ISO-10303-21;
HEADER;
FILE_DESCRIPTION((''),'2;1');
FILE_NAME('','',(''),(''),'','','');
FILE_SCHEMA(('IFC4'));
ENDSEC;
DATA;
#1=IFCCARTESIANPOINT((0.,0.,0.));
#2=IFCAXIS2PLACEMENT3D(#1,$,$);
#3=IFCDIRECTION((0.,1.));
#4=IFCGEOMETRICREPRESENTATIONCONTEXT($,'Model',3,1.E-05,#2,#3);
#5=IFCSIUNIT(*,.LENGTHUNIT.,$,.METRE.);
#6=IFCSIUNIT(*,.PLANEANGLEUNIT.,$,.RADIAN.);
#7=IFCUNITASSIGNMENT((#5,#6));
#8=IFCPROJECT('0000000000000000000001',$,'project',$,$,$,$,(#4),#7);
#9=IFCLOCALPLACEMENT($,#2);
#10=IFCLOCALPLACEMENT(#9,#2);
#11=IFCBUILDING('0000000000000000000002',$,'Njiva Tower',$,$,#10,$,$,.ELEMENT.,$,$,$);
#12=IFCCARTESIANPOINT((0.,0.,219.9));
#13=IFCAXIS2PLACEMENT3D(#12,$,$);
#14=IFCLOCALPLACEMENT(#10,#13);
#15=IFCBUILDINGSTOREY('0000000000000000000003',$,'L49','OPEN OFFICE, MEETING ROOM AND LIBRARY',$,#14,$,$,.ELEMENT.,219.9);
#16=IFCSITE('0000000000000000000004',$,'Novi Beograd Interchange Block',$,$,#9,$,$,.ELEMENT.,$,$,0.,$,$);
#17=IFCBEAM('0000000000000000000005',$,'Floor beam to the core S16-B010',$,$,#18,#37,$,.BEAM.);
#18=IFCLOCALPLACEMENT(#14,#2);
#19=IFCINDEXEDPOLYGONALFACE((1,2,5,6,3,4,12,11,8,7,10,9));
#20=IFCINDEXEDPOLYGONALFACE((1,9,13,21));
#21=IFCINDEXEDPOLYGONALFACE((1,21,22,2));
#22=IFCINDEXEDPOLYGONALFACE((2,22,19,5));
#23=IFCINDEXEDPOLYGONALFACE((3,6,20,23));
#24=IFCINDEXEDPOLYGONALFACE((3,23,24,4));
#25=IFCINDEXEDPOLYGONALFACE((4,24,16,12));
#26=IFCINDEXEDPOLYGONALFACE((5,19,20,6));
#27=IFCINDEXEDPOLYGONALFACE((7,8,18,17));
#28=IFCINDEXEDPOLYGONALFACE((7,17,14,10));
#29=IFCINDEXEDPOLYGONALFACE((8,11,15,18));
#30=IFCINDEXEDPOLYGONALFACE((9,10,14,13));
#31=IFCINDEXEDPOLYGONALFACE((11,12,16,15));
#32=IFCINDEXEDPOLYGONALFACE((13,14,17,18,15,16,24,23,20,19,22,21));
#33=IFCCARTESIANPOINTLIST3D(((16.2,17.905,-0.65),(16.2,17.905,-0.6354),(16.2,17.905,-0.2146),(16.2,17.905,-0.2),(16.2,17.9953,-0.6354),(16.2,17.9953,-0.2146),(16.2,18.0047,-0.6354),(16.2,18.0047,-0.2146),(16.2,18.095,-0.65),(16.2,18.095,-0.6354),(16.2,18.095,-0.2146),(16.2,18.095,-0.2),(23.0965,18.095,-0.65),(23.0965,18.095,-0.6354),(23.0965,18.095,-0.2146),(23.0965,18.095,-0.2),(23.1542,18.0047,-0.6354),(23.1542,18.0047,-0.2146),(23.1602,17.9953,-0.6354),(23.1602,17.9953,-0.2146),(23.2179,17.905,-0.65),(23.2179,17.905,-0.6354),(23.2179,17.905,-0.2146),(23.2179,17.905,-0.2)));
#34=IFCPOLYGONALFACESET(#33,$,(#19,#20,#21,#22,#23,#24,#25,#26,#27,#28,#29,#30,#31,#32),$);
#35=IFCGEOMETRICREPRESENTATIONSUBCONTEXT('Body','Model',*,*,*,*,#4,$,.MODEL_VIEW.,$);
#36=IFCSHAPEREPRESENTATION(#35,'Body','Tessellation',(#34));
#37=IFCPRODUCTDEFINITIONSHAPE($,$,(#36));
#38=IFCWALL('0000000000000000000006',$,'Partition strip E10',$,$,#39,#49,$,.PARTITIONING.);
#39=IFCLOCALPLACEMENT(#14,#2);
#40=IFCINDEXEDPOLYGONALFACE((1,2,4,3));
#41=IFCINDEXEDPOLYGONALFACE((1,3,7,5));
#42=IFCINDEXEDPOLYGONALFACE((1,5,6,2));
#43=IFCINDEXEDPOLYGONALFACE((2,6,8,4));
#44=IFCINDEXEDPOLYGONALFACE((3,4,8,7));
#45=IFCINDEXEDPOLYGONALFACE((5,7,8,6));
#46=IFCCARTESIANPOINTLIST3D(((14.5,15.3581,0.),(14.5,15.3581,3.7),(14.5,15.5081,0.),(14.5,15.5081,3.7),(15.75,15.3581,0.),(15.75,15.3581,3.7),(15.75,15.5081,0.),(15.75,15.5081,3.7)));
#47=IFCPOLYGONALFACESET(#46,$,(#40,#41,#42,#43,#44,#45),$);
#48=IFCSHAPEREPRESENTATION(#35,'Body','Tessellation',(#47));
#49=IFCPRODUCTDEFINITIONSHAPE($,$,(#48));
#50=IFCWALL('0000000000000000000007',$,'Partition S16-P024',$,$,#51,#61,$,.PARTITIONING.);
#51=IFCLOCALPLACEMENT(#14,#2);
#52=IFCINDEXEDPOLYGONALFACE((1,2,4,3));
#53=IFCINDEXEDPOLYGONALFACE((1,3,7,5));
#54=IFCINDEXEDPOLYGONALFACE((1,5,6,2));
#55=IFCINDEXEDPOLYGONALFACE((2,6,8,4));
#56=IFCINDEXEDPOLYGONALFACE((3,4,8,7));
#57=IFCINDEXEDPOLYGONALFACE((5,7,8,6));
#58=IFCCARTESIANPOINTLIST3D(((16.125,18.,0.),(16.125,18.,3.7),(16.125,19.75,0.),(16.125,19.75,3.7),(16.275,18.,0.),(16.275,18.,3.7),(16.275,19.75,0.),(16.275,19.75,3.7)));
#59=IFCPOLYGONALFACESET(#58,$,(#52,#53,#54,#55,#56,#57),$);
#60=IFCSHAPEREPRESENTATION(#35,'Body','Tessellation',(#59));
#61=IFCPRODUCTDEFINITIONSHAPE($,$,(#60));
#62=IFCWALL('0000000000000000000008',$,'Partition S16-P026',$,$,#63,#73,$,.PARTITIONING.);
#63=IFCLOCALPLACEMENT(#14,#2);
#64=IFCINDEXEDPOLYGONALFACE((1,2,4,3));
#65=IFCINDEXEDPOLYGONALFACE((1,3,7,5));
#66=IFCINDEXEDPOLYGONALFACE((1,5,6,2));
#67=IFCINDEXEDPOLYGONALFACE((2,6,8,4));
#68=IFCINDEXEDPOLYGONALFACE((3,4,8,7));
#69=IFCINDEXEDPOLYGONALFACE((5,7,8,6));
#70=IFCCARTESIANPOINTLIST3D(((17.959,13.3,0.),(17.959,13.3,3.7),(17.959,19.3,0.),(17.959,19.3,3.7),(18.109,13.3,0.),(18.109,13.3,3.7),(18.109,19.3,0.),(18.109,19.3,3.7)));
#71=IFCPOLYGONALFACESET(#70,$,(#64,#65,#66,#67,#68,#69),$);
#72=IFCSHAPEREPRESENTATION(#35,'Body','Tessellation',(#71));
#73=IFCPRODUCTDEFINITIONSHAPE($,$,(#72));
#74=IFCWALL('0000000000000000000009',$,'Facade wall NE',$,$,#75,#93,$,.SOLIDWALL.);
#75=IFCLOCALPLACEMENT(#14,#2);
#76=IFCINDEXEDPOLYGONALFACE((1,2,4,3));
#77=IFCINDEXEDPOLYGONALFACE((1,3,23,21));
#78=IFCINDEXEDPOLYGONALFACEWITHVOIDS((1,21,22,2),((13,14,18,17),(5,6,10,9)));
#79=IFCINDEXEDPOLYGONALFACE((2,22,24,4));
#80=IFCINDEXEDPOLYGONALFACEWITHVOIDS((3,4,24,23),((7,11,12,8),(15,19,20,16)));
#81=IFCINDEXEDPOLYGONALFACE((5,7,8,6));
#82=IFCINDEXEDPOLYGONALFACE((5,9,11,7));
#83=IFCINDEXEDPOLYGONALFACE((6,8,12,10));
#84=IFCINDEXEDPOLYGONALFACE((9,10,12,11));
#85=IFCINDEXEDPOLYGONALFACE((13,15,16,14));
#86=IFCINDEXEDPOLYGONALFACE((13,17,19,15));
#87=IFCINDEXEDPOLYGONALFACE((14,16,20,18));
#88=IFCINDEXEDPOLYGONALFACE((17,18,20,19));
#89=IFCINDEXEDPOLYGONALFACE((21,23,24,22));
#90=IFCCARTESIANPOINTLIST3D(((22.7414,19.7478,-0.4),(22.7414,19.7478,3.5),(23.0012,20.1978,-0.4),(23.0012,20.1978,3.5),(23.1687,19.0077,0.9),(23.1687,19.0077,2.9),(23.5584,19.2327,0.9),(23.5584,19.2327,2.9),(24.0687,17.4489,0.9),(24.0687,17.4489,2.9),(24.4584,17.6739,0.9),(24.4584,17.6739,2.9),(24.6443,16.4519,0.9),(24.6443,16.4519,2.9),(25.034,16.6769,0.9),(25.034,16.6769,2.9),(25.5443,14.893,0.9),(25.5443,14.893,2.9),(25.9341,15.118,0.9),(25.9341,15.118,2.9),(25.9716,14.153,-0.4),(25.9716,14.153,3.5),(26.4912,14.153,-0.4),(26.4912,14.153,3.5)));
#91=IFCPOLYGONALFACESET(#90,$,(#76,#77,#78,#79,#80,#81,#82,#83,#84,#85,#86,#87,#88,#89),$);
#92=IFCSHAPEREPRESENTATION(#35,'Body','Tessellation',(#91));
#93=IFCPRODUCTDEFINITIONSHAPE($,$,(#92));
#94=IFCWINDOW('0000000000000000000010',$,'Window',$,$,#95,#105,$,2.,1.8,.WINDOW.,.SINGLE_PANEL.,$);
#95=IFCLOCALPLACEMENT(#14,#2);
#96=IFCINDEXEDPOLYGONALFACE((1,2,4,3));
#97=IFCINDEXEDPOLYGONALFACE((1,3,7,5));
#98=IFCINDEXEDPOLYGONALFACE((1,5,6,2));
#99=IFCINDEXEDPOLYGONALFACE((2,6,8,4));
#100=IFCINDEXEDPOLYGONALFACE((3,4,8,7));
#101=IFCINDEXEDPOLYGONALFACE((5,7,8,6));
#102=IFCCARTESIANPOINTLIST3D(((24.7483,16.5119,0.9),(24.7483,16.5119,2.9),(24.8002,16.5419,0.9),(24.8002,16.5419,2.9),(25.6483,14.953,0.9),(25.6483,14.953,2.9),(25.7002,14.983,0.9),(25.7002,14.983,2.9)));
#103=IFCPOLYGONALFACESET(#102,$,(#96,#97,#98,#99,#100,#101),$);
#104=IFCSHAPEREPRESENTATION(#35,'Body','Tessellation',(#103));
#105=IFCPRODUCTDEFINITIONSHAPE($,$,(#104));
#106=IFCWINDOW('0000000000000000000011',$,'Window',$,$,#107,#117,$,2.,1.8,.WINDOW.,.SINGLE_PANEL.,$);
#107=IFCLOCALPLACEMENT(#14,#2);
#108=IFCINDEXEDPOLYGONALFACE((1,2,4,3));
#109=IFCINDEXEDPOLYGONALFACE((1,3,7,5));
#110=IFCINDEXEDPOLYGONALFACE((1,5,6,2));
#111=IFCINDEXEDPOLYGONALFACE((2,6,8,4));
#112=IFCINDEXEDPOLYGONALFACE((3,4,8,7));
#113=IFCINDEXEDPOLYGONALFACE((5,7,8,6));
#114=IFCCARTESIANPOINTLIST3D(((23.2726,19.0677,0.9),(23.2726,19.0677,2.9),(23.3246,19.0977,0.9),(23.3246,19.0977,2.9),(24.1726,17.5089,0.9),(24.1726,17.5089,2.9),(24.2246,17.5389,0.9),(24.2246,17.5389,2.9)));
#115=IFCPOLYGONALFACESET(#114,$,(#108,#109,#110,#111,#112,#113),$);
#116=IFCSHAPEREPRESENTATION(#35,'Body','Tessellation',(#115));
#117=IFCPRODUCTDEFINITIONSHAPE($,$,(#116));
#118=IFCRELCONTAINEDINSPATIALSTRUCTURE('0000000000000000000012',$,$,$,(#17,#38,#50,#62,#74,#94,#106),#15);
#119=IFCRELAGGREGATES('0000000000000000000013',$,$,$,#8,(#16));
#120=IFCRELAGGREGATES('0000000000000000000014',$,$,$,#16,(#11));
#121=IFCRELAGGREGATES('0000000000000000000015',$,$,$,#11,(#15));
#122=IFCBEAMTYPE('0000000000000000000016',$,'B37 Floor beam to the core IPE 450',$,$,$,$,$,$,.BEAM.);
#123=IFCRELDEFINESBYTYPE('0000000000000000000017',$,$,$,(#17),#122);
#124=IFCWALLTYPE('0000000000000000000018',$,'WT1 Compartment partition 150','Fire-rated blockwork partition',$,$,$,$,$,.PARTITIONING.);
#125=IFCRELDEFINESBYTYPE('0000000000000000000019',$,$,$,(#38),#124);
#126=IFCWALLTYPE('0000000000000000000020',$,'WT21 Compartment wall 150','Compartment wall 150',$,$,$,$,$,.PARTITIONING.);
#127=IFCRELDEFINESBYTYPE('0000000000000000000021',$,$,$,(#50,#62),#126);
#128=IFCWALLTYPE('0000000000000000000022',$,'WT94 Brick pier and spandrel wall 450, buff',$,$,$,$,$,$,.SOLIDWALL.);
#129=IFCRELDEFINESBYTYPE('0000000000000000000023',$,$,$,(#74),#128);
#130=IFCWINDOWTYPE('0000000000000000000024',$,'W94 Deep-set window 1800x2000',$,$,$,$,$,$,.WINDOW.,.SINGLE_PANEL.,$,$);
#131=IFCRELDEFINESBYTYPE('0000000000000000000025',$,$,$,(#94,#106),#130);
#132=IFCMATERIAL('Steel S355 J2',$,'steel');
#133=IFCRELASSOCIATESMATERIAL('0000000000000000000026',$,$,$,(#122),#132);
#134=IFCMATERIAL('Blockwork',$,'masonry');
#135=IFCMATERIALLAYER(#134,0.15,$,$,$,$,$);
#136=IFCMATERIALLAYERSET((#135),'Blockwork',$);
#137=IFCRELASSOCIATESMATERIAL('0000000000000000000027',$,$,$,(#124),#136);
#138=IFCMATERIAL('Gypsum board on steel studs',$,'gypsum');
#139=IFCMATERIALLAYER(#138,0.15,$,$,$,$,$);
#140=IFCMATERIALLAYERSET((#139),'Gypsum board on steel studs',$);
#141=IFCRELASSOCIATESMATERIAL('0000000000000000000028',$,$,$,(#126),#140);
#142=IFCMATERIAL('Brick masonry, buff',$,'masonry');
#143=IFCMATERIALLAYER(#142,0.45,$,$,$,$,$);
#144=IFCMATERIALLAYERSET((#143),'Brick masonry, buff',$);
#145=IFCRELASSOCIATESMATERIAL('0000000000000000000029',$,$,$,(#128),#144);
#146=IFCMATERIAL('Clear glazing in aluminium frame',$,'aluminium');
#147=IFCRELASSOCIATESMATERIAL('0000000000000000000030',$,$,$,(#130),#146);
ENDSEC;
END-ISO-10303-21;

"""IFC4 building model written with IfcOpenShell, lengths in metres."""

from ifc_helpers import new_model, si_unit, direction, frame, frame_2d, origin, origin_2d, place, context, subcontext, project, spatial, polyline, rectangle, i_section, outline, extrude, clip, halfspace, material, layer, layer_set, material_profile, profile_set, type_object, element, fill, save


model = new_model("IFC4")

# Units and contexts
model_context = context("Model", 3, precision=1e-05, world=origin(), true_north=direction((0.0, 1.0)))
body_context = subcontext(model_context, "Body", "Model", "MODEL_VIEW")
ifc_project = project(units=[si_unit("LENGTHUNIT", "METRE"), si_unit("PLANEANGLEUNIT", "RADIAN")], contexts=[model_context])

# Site, building, storey
site_placement = place(None, origin())
site = spatial("IfcSite", under=ifc_project, at=site_placement, Name="Novi Beograd Interchange Block", CompositionType="ELEMENT", RefElevation=0.0)
building_placement = place(site_placement, origin())
building = spatial("IfcBuilding", under=site, at=building_placement, Name="Njiva Tower", CompositionType="ELEMENT")
storey_placement = place(building_placement, frame((0.0, 0.0, 219.9)))
storey = spatial("IfcBuildingStorey", under=building, at=storey_placement, Name="L49", Description="OPEN OFFICE, MEETING ROOM AND LIBRARY", CompositionType="ELEMENT", Elevation=219.9)

# Shared definitions
ifc_material_1 = material(Name="Steel S355 J2", Category="steel")

# Beam
ifc_material_profile_1 = material_profile(ifc_material_1, i_section(OverallWidth=0.19, OverallDepth=0.45, WebThickness=0.0094, FlangeThickness=0.0146, at=origin_2d()), Name="IPE 450")
ifc_profile_set_1 = profile_set([ifc_material_profile_1], Name="Steel S355 J2")
beam_type_1 = type_object("IfcBeamType", Name="B37 Floor beam to the core IPE 450", PredefinedType="BEAM", material=ifc_profile_set_1)
beam_1_placement = place(storey_placement, frame((16.2, 18.0, -0.425), z_axis=(1.0, 0.0, 0.0), x_axis=(0.0, 1.0, 0.0)))
element("IfcBeam", 1, at=beam_1_placement, inside=storey, type_object=beam_type_1, Name="Floor beam to the core S16-B010", PredefinedType="BEAM", context=body_context, shape_type="Clipping", body=[
    clip(extrude(i_section(OverallWidth=0.19, OverallDepth=0.45, WebThickness=0.0094, FlangeThickness=0.0146, at=origin_2d()), origin(), (0.0, 0.0, 1.0), 7.038), halfspace(frame((0.0269, 0.0, 6.94), z_axis=(0.53851, 0.0, 0.842619), x_axis=(0.0, 1.0, 0.0)), False)),
])

# Walls
ifc_material_2 = material(Name="Blockwork", Category="masonry")
ifc_layer_1 = layer(ifc_material_2, 0.15)
ifc_layer_set_1 = layer_set([ifc_layer_1], Name="Blockwork")
wall_type_1 = type_object("IfcWallType", Name="WT1 Compartment partition 150", Description="Fire-rated blockwork partition", PredefinedType="PARTITIONING", material=ifc_layer_set_1)
wall_1_placement = place(storey_placement, frame((14.5, 15.4331, 0.0), z_axis=(0.0, 0.0, 1.0), x_axis=(1.0, 0.0, 0.0)))
element("IfcWall", 2, at=wall_1_placement, inside=storey, type_object=wall_type_1, Name="Partition strip E10", PredefinedType="PARTITIONING", context=body_context, shape_type="SweptSolid", body=[
    extrude(rectangle(XDim=1.25, YDim=0.15, at=frame_2d((0.625, 0.0))), origin(), (0.0, 0.0, 1.0), 3.7),
])
ifc_material_3 = material(Name="Gypsum board on steel studs", Category="gypsum")
ifc_layer_2 = layer(ifc_material_3, 0.15)
ifc_layer_set_2 = layer_set([ifc_layer_2], Name="Gypsum board on steel studs")
wall_type_2 = type_object("IfcWallType", Name="WT21 Compartment wall 150", Description="Compartment wall 150", PredefinedType="PARTITIONING", material=ifc_layer_set_2)
wall_2_placement = place(storey_placement, frame((16.2, 18.0, 0.0), z_axis=(0.0, 0.0, 1.0), x_axis=(0.0, 1.0, 0.0)))
element("IfcWall", 3, at=wall_2_placement, inside=storey, type_object=wall_type_2, Name="Partition S16-P024", PredefinedType="PARTITIONING", context=body_context, shape_type="SweptSolid", body=[
    extrude(rectangle(XDim=1.75, YDim=0.15, at=frame_2d((0.875, 0.0))), origin(), (0.0, 0.0, 1.0), 3.7),
])
wall_3_placement = place(storey_placement, frame((18.034, 13.3, 0.0), z_axis=(0.0, 0.0, 1.0), x_axis=(0.0, 1.0, 0.0)))
element("IfcWall", 4, at=wall_3_placement, inside=storey, type_object=wall_type_2, Name="Partition S16-P026", PredefinedType="PARTITIONING", context=body_context, shape_type="SweptSolid", body=[
    extrude(rectangle(XDim=6.0, YDim=0.15, at=frame_2d((3.0, 0.0))), origin(), (0.0, 0.0, 1.0), 3.7),
])

# Wall, openings, windows
ifc_material_4 = material(Name="Clear glazing in aluminium frame", Category="aluminium")
ifc_material_5 = material(Name="Brick masonry, buff", Category="masonry")
ifc_layer_3 = layer(ifc_material_5, 0.45)
ifc_layer_set_3 = layer_set([ifc_layer_3], Name="Brick masonry, buff")
wall_type_3 = type_object("IfcWallType", Name="WT94 Brick pier and spandrel wall 450, buff", PredefinedType="SOLIDWALL", material=ifc_layer_set_3)
wall_4_placement = place(storey_placement, frame((26.2314, 14.153, -0.4), z_axis=(0.0, 0.0, 1.0), x_axis=(-0.500004, 0.866023, 0.0)))
wall_4 = element("IfcWall", 5, at=wall_4_placement, inside=storey, type_object=wall_type_3, Name="Facade wall NE", PredefinedType="SOLIDWALL", context=body_context, shape_type="SweptSolid", body=[
    extrude(outline(polyline([(-0.1299, -0.225), (6.85, -0.225), (6.5902, 0.225), (0.1299, 0.225), (-0.1299, -0.225)])), origin(), (0.0, 0.0, 1.0), 3.9),
])
opening_1_placement = place(wall_4_placement, frame((0.9844, 0.0, 1.3)))
opening_1 = element("IfcOpeningElement", 6, at=opening_1_placement, cuts=wall_4, PredefinedType="OPENING", context=body_context, shape_type="SweptSolid", body=[
    extrude(rectangle(XDim=1.8, YDim=2.0, at=frame_2d((0.9, 1.0))), frame((0.0, 0.235, 0.0), z_axis=(0.0, -1.0, 0.0), x_axis=(1.0, 0.0, 0.0)), (0.0, 0.0, 1.0), 0.47),
])
opening_2_placement = place(wall_4_placement, frame((3.9357, 0.0, 1.3)))
opening_2 = element("IfcOpeningElement", 7, at=opening_2_placement, cuts=wall_4, PredefinedType="OPENING", context=body_context, shape_type="SweptSolid", body=[
    extrude(rectangle(XDim=1.8, YDim=2.0, at=frame_2d((0.9, 1.0))), frame((0.0, 0.235, 0.0), z_axis=(0.0, -1.0, 0.0), x_axis=(1.0, 0.0, 0.0)), (0.0, 0.0, 1.0), 0.47),
])
window_type_1 = type_object("IfcWindowType", Name="W94 Deep-set window 1800x2000", PartitioningType="SINGLE_PANEL", PredefinedType="WINDOW", material=ifc_material_4)
window_1_placement = place(opening_1_placement, origin())
window_1 = element("IfcWindow", 8, at=window_1_placement, inside=storey, type_object=window_type_1, Name="Window", OverallHeight=2.0, OverallWidth=1.8, PartitioningType="SINGLE_PANEL", PredefinedType="WINDOW", context=body_context, shape_type="SweptSolid", body=[
    extrude(rectangle(XDim=1.8, YDim=2.0, at=frame_2d((0.9, 1.0))), frame((0.0, 0.105, 0.0), z_axis=(0.0, -1.0, 0.0), x_axis=(1.0, 0.0, 0.0)), (0.0, 0.0, 1.0), 0.06),
])
fill(opening_1, window_1)
window_2_placement = place(opening_2_placement, origin())
window_2 = element("IfcWindow", 9, at=window_2_placement, inside=storey, type_object=window_type_1, Name="Window", OverallHeight=2.0, OverallWidth=1.8, PartitioningType="SINGLE_PANEL", PredefinedType="WINDOW", context=body_context, shape_type="SweptSolid", body=[
    extrude(rectangle(XDim=1.8, YDim=2.0, at=frame_2d((0.9, 1.0))), frame((0.0, 0.105, 0.0), z_axis=(0.0, -1.0, 0.0), x_axis=(1.0, 0.0, 0.0)), (0.0, 0.0, 1.0), 0.06),
])
fill(opening_2, window_2)

save(model, "model.ifc")
